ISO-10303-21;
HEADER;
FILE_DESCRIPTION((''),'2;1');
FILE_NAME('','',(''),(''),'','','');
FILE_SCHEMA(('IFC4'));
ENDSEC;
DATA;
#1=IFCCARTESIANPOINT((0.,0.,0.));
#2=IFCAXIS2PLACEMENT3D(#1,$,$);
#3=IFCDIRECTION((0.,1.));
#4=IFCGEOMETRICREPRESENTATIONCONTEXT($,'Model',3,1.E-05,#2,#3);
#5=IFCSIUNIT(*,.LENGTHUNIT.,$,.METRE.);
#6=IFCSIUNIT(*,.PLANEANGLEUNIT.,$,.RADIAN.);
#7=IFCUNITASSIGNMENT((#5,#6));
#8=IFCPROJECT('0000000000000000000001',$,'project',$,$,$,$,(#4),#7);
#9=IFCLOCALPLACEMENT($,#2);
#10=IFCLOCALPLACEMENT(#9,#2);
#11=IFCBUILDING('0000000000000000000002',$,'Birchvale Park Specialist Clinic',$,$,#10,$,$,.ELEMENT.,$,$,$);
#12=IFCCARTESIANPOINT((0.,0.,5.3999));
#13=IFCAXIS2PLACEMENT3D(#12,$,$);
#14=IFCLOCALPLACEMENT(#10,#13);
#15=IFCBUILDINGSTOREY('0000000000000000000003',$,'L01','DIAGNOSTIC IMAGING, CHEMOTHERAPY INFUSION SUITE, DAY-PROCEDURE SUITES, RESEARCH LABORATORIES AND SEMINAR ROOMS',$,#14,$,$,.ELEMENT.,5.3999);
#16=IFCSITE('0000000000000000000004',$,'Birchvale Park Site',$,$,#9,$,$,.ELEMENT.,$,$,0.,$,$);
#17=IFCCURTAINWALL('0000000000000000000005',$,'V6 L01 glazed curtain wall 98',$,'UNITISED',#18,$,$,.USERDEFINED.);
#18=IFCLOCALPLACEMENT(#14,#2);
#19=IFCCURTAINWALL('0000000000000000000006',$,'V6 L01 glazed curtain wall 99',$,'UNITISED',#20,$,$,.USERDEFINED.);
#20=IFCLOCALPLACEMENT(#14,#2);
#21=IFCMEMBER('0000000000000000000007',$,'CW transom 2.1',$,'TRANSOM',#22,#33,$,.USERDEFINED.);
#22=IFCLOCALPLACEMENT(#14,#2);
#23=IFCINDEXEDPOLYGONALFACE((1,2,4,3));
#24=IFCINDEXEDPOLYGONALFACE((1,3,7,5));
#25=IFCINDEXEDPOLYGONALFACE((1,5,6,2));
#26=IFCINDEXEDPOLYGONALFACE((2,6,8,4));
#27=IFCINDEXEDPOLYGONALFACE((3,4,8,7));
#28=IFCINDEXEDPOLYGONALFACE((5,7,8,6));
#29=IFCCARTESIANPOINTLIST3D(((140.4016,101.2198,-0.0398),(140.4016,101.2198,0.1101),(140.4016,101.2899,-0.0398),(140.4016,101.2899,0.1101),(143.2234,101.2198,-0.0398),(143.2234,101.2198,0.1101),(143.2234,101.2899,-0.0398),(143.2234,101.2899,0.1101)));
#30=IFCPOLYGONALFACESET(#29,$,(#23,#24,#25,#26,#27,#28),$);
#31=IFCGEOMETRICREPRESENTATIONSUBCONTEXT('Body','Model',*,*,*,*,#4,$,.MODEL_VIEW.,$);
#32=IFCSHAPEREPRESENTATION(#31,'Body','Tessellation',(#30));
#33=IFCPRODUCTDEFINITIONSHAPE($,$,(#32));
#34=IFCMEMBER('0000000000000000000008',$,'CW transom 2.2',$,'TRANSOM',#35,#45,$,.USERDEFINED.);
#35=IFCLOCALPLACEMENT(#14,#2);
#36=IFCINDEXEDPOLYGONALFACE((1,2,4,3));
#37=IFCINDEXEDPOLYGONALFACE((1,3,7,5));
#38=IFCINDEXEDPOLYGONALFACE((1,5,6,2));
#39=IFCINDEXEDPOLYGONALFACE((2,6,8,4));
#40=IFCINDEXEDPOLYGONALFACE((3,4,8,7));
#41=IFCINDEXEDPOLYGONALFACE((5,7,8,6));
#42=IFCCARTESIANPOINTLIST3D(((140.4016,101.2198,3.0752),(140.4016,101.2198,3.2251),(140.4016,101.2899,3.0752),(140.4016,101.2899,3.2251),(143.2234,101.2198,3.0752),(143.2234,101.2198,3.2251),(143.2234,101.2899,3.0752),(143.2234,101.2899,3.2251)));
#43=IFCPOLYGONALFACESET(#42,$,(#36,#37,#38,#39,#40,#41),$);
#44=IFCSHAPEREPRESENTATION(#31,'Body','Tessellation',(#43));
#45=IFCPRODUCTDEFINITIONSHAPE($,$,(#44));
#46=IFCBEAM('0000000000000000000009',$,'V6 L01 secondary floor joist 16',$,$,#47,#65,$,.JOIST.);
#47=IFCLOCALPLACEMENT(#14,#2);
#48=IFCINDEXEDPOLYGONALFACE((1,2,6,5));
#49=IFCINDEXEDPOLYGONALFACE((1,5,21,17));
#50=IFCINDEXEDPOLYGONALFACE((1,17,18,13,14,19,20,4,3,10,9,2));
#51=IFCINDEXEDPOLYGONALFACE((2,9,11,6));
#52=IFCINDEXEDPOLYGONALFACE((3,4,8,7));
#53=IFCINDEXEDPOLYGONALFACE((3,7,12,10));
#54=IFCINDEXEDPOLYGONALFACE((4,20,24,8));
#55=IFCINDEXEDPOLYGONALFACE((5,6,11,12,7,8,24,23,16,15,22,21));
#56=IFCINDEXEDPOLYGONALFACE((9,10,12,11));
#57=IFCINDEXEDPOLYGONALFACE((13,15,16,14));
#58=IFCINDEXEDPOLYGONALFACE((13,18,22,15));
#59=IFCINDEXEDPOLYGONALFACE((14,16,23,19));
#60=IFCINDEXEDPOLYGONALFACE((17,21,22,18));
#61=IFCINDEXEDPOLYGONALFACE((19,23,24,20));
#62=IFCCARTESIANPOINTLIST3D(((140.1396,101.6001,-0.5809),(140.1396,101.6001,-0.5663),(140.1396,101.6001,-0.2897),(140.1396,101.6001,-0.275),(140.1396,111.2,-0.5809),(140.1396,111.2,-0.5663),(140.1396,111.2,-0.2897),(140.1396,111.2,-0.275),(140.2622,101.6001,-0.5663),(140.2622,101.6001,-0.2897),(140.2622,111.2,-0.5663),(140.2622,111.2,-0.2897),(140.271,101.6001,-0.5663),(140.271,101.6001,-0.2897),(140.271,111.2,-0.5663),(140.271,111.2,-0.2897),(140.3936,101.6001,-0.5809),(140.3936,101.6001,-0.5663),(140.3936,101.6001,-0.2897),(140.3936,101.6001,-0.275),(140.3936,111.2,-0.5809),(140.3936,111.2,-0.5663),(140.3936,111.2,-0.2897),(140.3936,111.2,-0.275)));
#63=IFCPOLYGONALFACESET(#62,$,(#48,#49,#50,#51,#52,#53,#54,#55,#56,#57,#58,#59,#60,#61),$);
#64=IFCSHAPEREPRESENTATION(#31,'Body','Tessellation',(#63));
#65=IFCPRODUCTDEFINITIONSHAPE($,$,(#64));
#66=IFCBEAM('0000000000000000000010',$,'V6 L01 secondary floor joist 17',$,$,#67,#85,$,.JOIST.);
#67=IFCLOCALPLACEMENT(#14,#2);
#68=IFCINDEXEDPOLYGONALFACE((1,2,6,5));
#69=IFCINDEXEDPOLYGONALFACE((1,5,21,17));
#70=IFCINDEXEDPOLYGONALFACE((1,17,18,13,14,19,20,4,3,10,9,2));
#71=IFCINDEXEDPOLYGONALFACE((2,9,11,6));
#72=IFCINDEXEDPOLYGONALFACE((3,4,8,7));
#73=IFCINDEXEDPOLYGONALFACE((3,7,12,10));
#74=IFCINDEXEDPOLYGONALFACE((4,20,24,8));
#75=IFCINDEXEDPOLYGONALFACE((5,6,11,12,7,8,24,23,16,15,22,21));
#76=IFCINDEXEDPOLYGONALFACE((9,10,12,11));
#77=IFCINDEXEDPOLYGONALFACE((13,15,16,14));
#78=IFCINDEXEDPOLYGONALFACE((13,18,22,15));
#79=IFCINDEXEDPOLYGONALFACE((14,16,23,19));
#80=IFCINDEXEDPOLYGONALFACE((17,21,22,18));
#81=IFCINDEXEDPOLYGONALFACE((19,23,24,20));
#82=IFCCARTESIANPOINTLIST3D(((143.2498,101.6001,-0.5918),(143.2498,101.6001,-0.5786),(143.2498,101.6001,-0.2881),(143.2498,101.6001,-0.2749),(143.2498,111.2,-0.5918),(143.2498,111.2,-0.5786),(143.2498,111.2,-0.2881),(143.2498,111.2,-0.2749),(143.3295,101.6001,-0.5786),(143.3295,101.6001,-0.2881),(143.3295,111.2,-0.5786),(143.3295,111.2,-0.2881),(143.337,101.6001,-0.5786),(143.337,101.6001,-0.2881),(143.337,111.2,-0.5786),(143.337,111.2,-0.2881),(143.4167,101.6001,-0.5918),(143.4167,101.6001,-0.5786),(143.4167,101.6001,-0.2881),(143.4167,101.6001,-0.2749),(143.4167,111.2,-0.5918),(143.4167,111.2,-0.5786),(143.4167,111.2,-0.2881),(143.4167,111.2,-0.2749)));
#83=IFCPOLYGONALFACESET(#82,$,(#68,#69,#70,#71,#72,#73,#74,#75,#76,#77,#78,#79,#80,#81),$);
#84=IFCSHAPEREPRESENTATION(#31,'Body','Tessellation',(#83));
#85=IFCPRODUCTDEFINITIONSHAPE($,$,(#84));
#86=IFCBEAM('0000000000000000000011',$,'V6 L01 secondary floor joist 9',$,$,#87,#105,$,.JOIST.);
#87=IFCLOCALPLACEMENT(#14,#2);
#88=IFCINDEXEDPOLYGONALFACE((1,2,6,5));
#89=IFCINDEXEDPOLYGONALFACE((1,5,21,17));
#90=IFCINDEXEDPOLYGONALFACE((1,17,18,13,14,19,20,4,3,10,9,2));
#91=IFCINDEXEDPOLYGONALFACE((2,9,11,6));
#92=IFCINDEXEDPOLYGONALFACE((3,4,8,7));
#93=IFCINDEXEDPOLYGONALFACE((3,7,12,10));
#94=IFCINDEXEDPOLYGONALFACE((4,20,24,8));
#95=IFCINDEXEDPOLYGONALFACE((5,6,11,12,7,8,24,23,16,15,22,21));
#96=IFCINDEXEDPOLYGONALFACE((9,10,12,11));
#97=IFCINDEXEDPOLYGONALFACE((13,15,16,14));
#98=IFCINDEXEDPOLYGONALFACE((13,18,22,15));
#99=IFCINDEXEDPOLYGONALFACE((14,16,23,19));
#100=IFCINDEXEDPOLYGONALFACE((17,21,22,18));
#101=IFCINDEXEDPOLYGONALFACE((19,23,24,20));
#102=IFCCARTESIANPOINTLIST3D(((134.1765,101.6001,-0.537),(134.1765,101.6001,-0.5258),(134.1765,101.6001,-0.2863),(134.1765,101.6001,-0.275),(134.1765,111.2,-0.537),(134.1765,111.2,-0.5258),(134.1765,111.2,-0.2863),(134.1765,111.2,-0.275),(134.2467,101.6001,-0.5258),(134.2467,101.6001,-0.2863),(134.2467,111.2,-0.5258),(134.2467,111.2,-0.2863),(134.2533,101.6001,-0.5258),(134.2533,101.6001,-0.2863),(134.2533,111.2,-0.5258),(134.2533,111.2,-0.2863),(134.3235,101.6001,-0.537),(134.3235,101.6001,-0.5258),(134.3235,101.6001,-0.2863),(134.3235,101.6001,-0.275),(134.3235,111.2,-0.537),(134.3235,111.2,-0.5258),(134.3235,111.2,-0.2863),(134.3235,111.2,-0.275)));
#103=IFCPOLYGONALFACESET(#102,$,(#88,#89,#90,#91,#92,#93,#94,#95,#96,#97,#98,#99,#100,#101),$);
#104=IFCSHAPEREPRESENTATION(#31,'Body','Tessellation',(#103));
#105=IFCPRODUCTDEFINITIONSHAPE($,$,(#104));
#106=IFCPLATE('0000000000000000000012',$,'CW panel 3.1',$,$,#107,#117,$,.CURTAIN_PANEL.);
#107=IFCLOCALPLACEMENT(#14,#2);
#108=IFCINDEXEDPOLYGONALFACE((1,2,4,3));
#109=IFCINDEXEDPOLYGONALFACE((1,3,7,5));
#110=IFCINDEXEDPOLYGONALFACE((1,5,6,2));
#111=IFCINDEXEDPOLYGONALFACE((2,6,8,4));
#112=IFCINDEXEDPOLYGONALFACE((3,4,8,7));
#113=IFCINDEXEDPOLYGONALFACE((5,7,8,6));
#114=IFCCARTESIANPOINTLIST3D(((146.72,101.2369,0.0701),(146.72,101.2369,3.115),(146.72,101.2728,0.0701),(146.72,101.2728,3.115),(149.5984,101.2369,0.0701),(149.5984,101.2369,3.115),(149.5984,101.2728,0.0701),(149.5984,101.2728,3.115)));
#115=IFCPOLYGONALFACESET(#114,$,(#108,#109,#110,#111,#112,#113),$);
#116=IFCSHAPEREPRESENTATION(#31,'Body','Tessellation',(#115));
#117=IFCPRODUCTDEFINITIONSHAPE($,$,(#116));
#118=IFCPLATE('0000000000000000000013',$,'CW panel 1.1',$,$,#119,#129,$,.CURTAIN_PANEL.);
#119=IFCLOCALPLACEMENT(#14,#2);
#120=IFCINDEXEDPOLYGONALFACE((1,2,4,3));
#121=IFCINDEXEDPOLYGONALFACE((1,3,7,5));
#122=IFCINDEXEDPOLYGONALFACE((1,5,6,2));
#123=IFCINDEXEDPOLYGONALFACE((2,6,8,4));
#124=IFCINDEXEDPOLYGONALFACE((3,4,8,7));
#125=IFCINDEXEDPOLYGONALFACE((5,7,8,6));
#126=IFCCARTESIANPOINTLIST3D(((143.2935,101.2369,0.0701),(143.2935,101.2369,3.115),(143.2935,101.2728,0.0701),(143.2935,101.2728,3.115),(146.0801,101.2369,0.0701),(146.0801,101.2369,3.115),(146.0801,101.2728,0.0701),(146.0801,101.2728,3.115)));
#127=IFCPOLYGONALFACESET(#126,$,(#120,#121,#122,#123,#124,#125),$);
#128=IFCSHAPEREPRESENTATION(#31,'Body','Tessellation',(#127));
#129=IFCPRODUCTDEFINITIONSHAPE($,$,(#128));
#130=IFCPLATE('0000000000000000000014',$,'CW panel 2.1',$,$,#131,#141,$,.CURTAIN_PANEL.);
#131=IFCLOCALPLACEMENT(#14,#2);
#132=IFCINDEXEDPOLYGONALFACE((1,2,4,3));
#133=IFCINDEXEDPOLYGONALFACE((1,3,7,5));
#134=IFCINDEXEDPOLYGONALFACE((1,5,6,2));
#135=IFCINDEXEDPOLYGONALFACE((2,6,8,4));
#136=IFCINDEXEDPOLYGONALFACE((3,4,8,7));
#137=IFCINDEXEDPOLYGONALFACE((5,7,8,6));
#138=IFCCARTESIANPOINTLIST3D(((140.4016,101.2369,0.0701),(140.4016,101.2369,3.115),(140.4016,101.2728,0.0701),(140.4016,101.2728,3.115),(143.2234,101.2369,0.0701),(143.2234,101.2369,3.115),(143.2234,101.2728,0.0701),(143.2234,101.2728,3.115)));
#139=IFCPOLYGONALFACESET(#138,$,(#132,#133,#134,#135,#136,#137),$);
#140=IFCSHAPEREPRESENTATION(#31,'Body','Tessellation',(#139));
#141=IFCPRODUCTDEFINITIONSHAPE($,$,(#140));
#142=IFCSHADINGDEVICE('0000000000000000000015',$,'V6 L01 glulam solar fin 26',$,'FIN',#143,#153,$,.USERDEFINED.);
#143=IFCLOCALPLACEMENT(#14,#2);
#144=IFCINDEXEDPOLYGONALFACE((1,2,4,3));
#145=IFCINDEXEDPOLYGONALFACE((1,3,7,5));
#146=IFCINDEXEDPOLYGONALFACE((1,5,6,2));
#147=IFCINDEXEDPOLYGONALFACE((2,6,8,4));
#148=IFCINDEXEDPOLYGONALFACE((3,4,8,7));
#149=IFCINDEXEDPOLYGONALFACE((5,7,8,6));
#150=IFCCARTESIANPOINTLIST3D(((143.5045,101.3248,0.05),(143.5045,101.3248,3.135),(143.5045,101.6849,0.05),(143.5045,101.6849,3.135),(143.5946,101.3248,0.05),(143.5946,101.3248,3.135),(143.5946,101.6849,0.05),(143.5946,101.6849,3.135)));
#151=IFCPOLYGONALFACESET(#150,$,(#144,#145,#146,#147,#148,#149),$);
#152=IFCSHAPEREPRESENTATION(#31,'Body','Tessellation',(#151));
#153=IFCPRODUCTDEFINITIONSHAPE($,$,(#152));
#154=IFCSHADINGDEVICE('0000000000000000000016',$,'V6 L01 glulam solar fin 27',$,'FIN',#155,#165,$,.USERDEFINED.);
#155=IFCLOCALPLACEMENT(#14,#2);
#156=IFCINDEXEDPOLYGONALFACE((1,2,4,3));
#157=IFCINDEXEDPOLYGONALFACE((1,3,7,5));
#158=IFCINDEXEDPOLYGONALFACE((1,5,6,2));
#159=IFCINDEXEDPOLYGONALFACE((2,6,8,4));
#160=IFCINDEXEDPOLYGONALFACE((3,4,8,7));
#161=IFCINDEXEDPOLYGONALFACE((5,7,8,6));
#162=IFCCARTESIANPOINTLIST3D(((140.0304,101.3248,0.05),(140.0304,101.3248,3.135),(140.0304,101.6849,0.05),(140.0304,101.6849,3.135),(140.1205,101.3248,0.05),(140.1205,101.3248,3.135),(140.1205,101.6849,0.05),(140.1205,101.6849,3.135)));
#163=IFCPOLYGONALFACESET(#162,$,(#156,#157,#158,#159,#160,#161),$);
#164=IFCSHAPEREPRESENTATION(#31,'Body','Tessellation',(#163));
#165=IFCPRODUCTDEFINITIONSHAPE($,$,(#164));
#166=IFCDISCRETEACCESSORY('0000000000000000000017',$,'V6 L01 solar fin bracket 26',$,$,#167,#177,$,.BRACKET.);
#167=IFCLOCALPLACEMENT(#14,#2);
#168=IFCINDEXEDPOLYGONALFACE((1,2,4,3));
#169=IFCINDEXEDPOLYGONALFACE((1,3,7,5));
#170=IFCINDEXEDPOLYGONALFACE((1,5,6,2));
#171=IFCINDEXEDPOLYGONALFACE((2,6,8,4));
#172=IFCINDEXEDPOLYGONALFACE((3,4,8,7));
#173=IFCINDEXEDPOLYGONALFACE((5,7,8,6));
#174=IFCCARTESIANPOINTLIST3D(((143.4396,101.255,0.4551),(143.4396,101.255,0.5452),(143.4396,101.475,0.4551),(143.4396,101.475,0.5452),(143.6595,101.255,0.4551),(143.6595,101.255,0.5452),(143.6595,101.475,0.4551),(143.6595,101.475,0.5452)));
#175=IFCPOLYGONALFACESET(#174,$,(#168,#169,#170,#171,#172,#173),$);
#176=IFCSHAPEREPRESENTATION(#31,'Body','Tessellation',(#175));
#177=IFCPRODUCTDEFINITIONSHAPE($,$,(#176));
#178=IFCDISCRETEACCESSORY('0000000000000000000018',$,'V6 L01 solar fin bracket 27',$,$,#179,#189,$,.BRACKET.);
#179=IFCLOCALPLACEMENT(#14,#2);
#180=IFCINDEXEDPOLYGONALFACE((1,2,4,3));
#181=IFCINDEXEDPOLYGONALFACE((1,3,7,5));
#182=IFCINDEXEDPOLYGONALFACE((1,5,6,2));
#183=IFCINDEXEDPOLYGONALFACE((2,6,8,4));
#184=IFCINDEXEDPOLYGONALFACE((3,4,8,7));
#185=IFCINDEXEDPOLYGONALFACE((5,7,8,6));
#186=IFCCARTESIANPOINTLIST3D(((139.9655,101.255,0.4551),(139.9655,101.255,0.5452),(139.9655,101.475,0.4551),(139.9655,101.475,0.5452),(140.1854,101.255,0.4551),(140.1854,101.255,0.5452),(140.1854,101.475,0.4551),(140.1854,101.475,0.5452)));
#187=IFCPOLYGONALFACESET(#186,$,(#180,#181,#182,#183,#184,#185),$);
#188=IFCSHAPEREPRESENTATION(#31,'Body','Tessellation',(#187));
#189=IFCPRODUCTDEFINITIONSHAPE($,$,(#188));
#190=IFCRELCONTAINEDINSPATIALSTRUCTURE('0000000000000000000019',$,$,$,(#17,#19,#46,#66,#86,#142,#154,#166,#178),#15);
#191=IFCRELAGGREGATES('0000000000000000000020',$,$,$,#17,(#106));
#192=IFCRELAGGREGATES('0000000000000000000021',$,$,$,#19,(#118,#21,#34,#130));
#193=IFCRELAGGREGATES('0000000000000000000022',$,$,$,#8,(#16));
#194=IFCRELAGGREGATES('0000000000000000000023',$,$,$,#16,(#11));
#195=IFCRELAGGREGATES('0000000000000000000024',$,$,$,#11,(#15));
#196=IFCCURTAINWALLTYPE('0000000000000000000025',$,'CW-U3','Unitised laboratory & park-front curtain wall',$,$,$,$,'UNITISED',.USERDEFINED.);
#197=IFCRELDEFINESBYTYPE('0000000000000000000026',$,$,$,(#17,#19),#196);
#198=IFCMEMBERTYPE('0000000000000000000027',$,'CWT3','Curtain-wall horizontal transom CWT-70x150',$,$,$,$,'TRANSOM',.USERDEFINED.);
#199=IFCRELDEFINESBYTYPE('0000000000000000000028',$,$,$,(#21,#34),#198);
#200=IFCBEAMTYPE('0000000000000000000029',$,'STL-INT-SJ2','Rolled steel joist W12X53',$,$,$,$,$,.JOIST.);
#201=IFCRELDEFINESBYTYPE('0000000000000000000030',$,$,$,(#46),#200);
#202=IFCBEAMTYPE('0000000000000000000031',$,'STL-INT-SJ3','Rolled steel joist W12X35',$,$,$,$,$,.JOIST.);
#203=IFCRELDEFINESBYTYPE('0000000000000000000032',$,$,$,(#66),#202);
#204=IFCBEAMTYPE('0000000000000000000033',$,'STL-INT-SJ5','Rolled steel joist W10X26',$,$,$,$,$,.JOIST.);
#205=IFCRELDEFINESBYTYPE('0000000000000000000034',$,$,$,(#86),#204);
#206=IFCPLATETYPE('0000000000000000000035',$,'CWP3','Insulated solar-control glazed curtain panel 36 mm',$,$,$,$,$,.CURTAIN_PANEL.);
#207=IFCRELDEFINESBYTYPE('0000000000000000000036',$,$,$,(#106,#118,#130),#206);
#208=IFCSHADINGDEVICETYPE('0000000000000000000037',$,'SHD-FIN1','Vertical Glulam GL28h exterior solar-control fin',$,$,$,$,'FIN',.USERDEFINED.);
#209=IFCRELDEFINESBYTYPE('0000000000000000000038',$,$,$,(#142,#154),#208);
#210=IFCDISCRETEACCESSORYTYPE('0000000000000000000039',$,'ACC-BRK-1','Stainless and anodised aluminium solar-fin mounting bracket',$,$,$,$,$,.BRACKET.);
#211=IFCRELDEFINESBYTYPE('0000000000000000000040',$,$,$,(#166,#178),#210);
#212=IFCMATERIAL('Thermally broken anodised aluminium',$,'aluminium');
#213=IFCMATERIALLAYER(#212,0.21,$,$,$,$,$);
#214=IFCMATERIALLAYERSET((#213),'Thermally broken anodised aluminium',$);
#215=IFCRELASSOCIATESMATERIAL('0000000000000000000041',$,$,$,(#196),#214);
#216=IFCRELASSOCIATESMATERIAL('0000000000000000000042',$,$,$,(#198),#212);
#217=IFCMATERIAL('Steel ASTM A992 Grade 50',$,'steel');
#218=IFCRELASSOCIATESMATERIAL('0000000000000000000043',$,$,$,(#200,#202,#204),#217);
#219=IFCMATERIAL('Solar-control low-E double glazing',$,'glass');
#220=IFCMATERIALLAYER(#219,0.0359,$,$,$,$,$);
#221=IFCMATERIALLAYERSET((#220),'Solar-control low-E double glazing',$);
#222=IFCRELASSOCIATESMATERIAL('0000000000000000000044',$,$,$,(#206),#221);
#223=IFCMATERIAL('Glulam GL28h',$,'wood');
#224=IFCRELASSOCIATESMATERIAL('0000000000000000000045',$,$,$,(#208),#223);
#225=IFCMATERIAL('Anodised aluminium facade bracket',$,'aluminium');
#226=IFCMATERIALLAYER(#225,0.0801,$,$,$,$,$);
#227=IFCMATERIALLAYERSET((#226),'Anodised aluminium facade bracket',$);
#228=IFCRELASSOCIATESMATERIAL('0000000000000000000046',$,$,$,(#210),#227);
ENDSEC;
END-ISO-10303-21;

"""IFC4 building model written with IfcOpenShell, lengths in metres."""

from ifc_helpers import new_model, si_unit, direction, frame, origin, origin_2d, place, context, subcontext, project, spatial, rectangle, i_section, extrude, material, layer, layer_set, material_profile, profile_set, type_object, element, aggregate, save


model = new_model("IFC4")

# Units and contexts
model_context = context("Model", 3, precision=1e-05, world=origin(), true_north=direction((0.0, 1.0)))
body_context = subcontext(model_context, "Body", "Model", "MODEL_VIEW")
ifc_project = project(units=[si_unit("LENGTHUNIT", "METRE"), si_unit("PLANEANGLEUNIT", "RADIAN")], contexts=[model_context])

# Site, building, storey
site_placement = place(None, origin())
site = spatial("IfcSite", under=ifc_project, at=site_placement, Name="Birchvale Park Site", CompositionType="ELEMENT", RefElevation=0.0)
building_placement = place(site_placement, origin())
building = spatial("IfcBuilding", under=site, at=building_placement, Name="Birchvale Park Specialist Clinic", CompositionType="ELEMENT")
storey_placement = place(building_placement, frame((0.0, 0.0, 5.3999)))
storey = spatial("IfcBuildingStorey", under=building, at=storey_placement, Name="L01", Description="DIAGNOSTIC IMAGING, CHEMOTHERAPY INFUSION SUITE, DAY-PROCEDURE SUITES, RESEARCH LABORATORIES AND SEMINAR ROOMS", CompositionType="ELEMENT", Elevation=5.3999)

# Curtain wall
ifc_material_1 = material(Name="Thermally broken anodised aluminium", Category="aluminium")
ifc_layer_1 = layer(ifc_material_1, 0.21)
ifc_layer_set_1 = layer_set([ifc_layer_1], Name="Thermally broken anodised aluminium")
curtain_wall_type = type_object("IfcCurtainWallType", Name="CW-U3", Description="Unitised laboratory & park-front curtain wall", ElementType="UNITISED", PredefinedType="USERDEFINED", material=ifc_layer_set_1)
curtain_wall_1_placement = place(storey_placement, origin())
curtain_wall_1 = element("IfcCurtainWall", 1, at=curtain_wall_1_placement, inside=storey, type_object=curtain_wall_type, Name="V6 L01 glazed curtain wall 98", ObjectType="UNITISED", PredefinedType="USERDEFINED")

# Curtain wall, members
curtain_wall_2_placement = place(storey_placement, origin())
curtain_wall_2 = element("IfcCurtainWall", 2, at=curtain_wall_2_placement, inside=storey, type_object=curtain_wall_type, Name="V6 L01 glazed curtain wall 99", ObjectType="UNITISED", PredefinedType="USERDEFINED")
ifc_material_profile_1 = material_profile(ifc_material_1, rectangle(XDim=0.0701, YDim=0.1499, at=origin_2d()), Name="CWT-70x150")
ifc_profile_set_1 = profile_set([ifc_material_profile_1], Name="Thermally broken anodised aluminium")
member_type_1 = type_object("IfcMemberType", Name="CWT3", Description="Curtain-wall horizontal transom CWT-70x150", ElementType="TRANSOM", PredefinedType="USERDEFINED", material=ifc_profile_set_1)
member_1_placement = place(storey_placement, frame((143.2234, 101.2549, 0.0352), z_axis=(-1.0, 0.0, 0.0), x_axis=(0.0, -1.0, 0.0)))
member_1 = element("IfcMember", 3, at=member_1_placement, type_object=member_type_1, Name="CW transom 2.1", ObjectType="TRANSOM", PredefinedType="USERDEFINED", context=body_context, shape_type="SweptSolid", body=[
    extrude(rectangle(XDim=0.0701, YDim=0.1499, at=origin_2d()), origin(), (0.0, 0.0, 1.0), 2.8218),
])
member_2_placement = place(storey_placement, frame((143.2234, 101.2549, 3.1501), z_axis=(-1.0, 0.0, 0.0), x_axis=(0.0, -1.0, 0.0)))
member_2 = element("IfcMember", 4, at=member_2_placement, type_object=member_type_1, Name="CW transom 2.2", ObjectType="TRANSOM", PredefinedType="USERDEFINED", context=body_context, shape_type="SweptSolid", body=[
    extrude(rectangle(XDim=0.0701, YDim=0.1499, at=origin_2d()), origin(), (0.0, 0.0, 1.0), 2.8218),
])

# Beams
ifc_material_2 = material(Name="Steel ASTM A992 Grade 50", Category="steel")
ifc_material_profile_2 = material_profile(ifc_material_2, i_section(OverallWidth=0.2539, OverallDepth=0.3059, WebThickness=0.0088, FlangeThickness=0.0146, at=origin_2d()), Name="W12X53")
ifc_profile_set_2 = profile_set([ifc_material_profile_2], Name="Steel ASTM A992 Grade 50")
beam_type_1 = type_object("IfcBeamType", Name="STL-INT-SJ2", Description="Rolled steel joist W12X53", PredefinedType="JOIST", material=ifc_profile_set_2)
beam_1_placement = place(storey_placement, frame((140.2666, 101.6001, -0.428), z_axis=(0.0, 1.0, 0.0), x_axis=(-1.0, 0.0, 0.0)))
element("IfcBeam", 5, at=beam_1_placement, inside=storey, type_object=beam_type_1, Name="V6 L01 secondary floor joist 16", PredefinedType="JOIST", context=body_context, shape_type="SweptSolid", body=[
    extrude(i_section(OverallWidth=0.2539, OverallDepth=0.3059, WebThickness=0.0088, FlangeThickness=0.0146, at=origin_2d()), origin(), (0.0, 0.0, 1.0), 9.5999),
])
ifc_material_profile_3 = material_profile(ifc_material_2, i_section(OverallWidth=0.167, OverallDepth=0.3169, WebThickness=0.0076, FlangeThickness=0.0132, at=origin_2d()), Name="W12X35")
ifc_profile_set_3 = profile_set([ifc_material_profile_3], Name="Steel ASTM A992 Grade 50")
beam_type_2 = type_object("IfcBeamType", Name="STL-INT-SJ3", Description="Rolled steel joist W12X35", PredefinedType="JOIST", material=ifc_profile_set_3)
beam_2_placement = place(storey_placement, frame((143.3333, 101.6001, -0.4333), z_axis=(0.0, 1.0, 0.0), x_axis=(-1.0, 0.0, 0.0)))
element("IfcBeam", 6, at=beam_2_placement, inside=storey, type_object=beam_type_2, Name="V6 L01 secondary floor joist 17", PredefinedType="JOIST", context=body_context, shape_type="SweptSolid", body=[
    extrude(i_section(OverallWidth=0.167, OverallDepth=0.3169, WebThickness=0.0076, FlangeThickness=0.0132, at=origin_2d()), origin(), (0.0, 0.0, 1.0), 9.5999),
])
ifc_material_profile_4 = material_profile(ifc_material_2, i_section(OverallWidth=0.147, OverallDepth=0.262, WebThickness=0.0066, FlangeThickness=0.0112, at=origin_2d()), Name="W10X26")
ifc_profile_set_4 = profile_set([ifc_material_profile_4], Name="Steel ASTM A992 Grade 50")
beam_type_3 = type_object("IfcBeamType", Name="STL-INT-SJ5", Description="Rolled steel joist W10X26", PredefinedType="JOIST", material=ifc_profile_set_4)
beam_3_placement = place(storey_placement, frame((134.25, 101.6001, -0.406), z_axis=(0.0, 1.0, 0.0), x_axis=(-1.0, 0.0, 0.0)))
element("IfcBeam", 7, at=beam_3_placement, inside=storey, type_object=beam_type_3, Name="V6 L01 secondary floor joist 9", PredefinedType="JOIST", context=body_context, shape_type="SweptSolid", body=[
    extrude(i_section(OverallWidth=0.147, OverallDepth=0.262, WebThickness=0.0066, FlangeThickness=0.0112, at=origin_2d()), origin(), (0.0, 0.0, 1.0), 9.5999),
])

# Plates
ifc_material_3 = material(Name="Solar-control low-E double glazing", Category="glass")
ifc_layer_2 = layer(ifc_material_3, 0.0359)
ifc_layer_set_2 = layer_set([ifc_layer_2], Name="Solar-control low-E double glazing")
plate_type = type_object("IfcPlateType", Name="CWP3", Description="Insulated solar-control glazed curtain panel 36 mm", PredefinedType="CURTAIN_PANEL", material=ifc_layer_set_2)
plate_1_placement = place(storey_placement, frame((148.1592, 101.2549, 0.0701), z_axis=(0.0, 0.0, 1.0), x_axis=(-1.0, 0.0, 0.0)))
plate_1 = element("IfcPlate", 8, at=plate_1_placement, type_object=plate_type, Name="CW panel 3.1", PredefinedType="CURTAIN_PANEL", context=body_context, shape_type="SweptSolid", body=[
    extrude(rectangle(XDim=2.8784, YDim=0.0359, at=origin_2d()), origin(), (0.0, 0.0, 1.0), 3.0449),
])
aggregate(curtain_wall_1, [plate_1])
plate_2_placement = place(storey_placement, frame((144.6868, 101.2549, 0.0701), z_axis=(0.0, 0.0, 1.0), x_axis=(-1.0, 0.0, 0.0)))
plate_2 = element("IfcPlate", 9, at=plate_2_placement, type_object=plate_type, Name="CW panel 1.1", PredefinedType="CURTAIN_PANEL", context=body_context, shape_type="SweptSolid", body=[
    extrude(rectangle(XDim=2.7866, YDim=0.0359, at=origin_2d()), origin(), (0.0, 0.0, 1.0), 3.0449),
])
plate_3_placement = place(storey_placement, frame((141.8125, 101.2549, 0.0701), z_axis=(0.0, 0.0, 1.0), x_axis=(-1.0, 0.0, 0.0)))
plate_3 = element("IfcPlate", 10, at=plate_3_placement, type_object=plate_type, Name="CW panel 2.1", PredefinedType="CURTAIN_PANEL", context=body_context, shape_type="SweptSolid", body=[
    extrude(rectangle(XDim=2.8218, YDim=0.0359, at=origin_2d()), origin(), (0.0, 0.0, 1.0), 3.0449),
])
aggregate(curtain_wall_2, [plate_2, member_1, member_2, plate_3])

# Shading devices
ifc_material_4 = material(Name="Glulam GL28h", Category="wood")
shading_device_type = type_object("IfcShadingDeviceType", Name="SHD-FIN1", Description="Vertical Glulam GL28h exterior solar-control fin", ElementType="FIN", PredefinedType="USERDEFINED", material=ifc_material_4)
for number, where, z_axis, x_axis, name in (
    (11, (143.5496, 101.5049, 0.05), (0.0, 0.0, 1.0), (0.0, 1.0, 0.0), "V6 L01 glulam solar fin 26"),
    (12, (140.0754, 101.5049, 0.05), (0.0, 0.0, 1.0), (0.0, 1.0, 0.0), "V6 L01 glulam solar fin 27"),
):
    element("IfcShadingDevice", number, at=place(storey_placement, frame(where, z_axis=z_axis, x_axis=x_axis)), inside=storey, type_object=shading_device_type, Name=name, ObjectType="FIN", PredefinedType="USERDEFINED", context=body_context, shape_type="SweptSolid", body=[
        extrude(rectangle(XDim=0.3601, YDim=0.0901, at=origin_2d()), origin(), (0.0, 0.0, 1.0), 3.085),
    ])

# Discrete accessories
ifc_material_5 = material(Name="Anodised aluminium facade bracket", Category="aluminium")
ifc_layer_3 = layer(ifc_material_5, 0.0801)
ifc_layer_set_3 = layer_set([ifc_layer_3], Name="Anodised aluminium facade bracket")
discrete_accessory_type = type_object("IfcDiscreteAccessoryType", Name="ACC-BRK-1", Description="Stainless and anodised aluminium solar-fin mounting bracket", PredefinedType="BRACKET", material=ifc_layer_set_3)
for number, where, z_axis, x_axis, name in (
    (13, (143.5496, 101.365, 0.4551), (0.0, 0.0, 1.0), (0.0, 1.0, 0.0), "V6 L01 solar fin bracket 26"),
    (14, (140.0754, 101.365, 0.4551), (0.0, 0.0, 1.0), (0.0, 1.0, 0.0), "V6 L01 solar fin bracket 27"),
):
    element("IfcDiscreteAccessory", number, at=place(storey_placement, frame(where, z_axis=z_axis, x_axis=x_axis)), inside=storey, type_object=discrete_accessory_type, Name=name, PredefinedType="BRACKET", context=body_context, shape_type="SweptSolid", body=[
        extrude(rectangle(XDim=0.22, YDim=0.22, at=origin_2d()), origin(), (0.0, 0.0, 1.0), 0.0901),
    ])

save(model, "model.ifc")
